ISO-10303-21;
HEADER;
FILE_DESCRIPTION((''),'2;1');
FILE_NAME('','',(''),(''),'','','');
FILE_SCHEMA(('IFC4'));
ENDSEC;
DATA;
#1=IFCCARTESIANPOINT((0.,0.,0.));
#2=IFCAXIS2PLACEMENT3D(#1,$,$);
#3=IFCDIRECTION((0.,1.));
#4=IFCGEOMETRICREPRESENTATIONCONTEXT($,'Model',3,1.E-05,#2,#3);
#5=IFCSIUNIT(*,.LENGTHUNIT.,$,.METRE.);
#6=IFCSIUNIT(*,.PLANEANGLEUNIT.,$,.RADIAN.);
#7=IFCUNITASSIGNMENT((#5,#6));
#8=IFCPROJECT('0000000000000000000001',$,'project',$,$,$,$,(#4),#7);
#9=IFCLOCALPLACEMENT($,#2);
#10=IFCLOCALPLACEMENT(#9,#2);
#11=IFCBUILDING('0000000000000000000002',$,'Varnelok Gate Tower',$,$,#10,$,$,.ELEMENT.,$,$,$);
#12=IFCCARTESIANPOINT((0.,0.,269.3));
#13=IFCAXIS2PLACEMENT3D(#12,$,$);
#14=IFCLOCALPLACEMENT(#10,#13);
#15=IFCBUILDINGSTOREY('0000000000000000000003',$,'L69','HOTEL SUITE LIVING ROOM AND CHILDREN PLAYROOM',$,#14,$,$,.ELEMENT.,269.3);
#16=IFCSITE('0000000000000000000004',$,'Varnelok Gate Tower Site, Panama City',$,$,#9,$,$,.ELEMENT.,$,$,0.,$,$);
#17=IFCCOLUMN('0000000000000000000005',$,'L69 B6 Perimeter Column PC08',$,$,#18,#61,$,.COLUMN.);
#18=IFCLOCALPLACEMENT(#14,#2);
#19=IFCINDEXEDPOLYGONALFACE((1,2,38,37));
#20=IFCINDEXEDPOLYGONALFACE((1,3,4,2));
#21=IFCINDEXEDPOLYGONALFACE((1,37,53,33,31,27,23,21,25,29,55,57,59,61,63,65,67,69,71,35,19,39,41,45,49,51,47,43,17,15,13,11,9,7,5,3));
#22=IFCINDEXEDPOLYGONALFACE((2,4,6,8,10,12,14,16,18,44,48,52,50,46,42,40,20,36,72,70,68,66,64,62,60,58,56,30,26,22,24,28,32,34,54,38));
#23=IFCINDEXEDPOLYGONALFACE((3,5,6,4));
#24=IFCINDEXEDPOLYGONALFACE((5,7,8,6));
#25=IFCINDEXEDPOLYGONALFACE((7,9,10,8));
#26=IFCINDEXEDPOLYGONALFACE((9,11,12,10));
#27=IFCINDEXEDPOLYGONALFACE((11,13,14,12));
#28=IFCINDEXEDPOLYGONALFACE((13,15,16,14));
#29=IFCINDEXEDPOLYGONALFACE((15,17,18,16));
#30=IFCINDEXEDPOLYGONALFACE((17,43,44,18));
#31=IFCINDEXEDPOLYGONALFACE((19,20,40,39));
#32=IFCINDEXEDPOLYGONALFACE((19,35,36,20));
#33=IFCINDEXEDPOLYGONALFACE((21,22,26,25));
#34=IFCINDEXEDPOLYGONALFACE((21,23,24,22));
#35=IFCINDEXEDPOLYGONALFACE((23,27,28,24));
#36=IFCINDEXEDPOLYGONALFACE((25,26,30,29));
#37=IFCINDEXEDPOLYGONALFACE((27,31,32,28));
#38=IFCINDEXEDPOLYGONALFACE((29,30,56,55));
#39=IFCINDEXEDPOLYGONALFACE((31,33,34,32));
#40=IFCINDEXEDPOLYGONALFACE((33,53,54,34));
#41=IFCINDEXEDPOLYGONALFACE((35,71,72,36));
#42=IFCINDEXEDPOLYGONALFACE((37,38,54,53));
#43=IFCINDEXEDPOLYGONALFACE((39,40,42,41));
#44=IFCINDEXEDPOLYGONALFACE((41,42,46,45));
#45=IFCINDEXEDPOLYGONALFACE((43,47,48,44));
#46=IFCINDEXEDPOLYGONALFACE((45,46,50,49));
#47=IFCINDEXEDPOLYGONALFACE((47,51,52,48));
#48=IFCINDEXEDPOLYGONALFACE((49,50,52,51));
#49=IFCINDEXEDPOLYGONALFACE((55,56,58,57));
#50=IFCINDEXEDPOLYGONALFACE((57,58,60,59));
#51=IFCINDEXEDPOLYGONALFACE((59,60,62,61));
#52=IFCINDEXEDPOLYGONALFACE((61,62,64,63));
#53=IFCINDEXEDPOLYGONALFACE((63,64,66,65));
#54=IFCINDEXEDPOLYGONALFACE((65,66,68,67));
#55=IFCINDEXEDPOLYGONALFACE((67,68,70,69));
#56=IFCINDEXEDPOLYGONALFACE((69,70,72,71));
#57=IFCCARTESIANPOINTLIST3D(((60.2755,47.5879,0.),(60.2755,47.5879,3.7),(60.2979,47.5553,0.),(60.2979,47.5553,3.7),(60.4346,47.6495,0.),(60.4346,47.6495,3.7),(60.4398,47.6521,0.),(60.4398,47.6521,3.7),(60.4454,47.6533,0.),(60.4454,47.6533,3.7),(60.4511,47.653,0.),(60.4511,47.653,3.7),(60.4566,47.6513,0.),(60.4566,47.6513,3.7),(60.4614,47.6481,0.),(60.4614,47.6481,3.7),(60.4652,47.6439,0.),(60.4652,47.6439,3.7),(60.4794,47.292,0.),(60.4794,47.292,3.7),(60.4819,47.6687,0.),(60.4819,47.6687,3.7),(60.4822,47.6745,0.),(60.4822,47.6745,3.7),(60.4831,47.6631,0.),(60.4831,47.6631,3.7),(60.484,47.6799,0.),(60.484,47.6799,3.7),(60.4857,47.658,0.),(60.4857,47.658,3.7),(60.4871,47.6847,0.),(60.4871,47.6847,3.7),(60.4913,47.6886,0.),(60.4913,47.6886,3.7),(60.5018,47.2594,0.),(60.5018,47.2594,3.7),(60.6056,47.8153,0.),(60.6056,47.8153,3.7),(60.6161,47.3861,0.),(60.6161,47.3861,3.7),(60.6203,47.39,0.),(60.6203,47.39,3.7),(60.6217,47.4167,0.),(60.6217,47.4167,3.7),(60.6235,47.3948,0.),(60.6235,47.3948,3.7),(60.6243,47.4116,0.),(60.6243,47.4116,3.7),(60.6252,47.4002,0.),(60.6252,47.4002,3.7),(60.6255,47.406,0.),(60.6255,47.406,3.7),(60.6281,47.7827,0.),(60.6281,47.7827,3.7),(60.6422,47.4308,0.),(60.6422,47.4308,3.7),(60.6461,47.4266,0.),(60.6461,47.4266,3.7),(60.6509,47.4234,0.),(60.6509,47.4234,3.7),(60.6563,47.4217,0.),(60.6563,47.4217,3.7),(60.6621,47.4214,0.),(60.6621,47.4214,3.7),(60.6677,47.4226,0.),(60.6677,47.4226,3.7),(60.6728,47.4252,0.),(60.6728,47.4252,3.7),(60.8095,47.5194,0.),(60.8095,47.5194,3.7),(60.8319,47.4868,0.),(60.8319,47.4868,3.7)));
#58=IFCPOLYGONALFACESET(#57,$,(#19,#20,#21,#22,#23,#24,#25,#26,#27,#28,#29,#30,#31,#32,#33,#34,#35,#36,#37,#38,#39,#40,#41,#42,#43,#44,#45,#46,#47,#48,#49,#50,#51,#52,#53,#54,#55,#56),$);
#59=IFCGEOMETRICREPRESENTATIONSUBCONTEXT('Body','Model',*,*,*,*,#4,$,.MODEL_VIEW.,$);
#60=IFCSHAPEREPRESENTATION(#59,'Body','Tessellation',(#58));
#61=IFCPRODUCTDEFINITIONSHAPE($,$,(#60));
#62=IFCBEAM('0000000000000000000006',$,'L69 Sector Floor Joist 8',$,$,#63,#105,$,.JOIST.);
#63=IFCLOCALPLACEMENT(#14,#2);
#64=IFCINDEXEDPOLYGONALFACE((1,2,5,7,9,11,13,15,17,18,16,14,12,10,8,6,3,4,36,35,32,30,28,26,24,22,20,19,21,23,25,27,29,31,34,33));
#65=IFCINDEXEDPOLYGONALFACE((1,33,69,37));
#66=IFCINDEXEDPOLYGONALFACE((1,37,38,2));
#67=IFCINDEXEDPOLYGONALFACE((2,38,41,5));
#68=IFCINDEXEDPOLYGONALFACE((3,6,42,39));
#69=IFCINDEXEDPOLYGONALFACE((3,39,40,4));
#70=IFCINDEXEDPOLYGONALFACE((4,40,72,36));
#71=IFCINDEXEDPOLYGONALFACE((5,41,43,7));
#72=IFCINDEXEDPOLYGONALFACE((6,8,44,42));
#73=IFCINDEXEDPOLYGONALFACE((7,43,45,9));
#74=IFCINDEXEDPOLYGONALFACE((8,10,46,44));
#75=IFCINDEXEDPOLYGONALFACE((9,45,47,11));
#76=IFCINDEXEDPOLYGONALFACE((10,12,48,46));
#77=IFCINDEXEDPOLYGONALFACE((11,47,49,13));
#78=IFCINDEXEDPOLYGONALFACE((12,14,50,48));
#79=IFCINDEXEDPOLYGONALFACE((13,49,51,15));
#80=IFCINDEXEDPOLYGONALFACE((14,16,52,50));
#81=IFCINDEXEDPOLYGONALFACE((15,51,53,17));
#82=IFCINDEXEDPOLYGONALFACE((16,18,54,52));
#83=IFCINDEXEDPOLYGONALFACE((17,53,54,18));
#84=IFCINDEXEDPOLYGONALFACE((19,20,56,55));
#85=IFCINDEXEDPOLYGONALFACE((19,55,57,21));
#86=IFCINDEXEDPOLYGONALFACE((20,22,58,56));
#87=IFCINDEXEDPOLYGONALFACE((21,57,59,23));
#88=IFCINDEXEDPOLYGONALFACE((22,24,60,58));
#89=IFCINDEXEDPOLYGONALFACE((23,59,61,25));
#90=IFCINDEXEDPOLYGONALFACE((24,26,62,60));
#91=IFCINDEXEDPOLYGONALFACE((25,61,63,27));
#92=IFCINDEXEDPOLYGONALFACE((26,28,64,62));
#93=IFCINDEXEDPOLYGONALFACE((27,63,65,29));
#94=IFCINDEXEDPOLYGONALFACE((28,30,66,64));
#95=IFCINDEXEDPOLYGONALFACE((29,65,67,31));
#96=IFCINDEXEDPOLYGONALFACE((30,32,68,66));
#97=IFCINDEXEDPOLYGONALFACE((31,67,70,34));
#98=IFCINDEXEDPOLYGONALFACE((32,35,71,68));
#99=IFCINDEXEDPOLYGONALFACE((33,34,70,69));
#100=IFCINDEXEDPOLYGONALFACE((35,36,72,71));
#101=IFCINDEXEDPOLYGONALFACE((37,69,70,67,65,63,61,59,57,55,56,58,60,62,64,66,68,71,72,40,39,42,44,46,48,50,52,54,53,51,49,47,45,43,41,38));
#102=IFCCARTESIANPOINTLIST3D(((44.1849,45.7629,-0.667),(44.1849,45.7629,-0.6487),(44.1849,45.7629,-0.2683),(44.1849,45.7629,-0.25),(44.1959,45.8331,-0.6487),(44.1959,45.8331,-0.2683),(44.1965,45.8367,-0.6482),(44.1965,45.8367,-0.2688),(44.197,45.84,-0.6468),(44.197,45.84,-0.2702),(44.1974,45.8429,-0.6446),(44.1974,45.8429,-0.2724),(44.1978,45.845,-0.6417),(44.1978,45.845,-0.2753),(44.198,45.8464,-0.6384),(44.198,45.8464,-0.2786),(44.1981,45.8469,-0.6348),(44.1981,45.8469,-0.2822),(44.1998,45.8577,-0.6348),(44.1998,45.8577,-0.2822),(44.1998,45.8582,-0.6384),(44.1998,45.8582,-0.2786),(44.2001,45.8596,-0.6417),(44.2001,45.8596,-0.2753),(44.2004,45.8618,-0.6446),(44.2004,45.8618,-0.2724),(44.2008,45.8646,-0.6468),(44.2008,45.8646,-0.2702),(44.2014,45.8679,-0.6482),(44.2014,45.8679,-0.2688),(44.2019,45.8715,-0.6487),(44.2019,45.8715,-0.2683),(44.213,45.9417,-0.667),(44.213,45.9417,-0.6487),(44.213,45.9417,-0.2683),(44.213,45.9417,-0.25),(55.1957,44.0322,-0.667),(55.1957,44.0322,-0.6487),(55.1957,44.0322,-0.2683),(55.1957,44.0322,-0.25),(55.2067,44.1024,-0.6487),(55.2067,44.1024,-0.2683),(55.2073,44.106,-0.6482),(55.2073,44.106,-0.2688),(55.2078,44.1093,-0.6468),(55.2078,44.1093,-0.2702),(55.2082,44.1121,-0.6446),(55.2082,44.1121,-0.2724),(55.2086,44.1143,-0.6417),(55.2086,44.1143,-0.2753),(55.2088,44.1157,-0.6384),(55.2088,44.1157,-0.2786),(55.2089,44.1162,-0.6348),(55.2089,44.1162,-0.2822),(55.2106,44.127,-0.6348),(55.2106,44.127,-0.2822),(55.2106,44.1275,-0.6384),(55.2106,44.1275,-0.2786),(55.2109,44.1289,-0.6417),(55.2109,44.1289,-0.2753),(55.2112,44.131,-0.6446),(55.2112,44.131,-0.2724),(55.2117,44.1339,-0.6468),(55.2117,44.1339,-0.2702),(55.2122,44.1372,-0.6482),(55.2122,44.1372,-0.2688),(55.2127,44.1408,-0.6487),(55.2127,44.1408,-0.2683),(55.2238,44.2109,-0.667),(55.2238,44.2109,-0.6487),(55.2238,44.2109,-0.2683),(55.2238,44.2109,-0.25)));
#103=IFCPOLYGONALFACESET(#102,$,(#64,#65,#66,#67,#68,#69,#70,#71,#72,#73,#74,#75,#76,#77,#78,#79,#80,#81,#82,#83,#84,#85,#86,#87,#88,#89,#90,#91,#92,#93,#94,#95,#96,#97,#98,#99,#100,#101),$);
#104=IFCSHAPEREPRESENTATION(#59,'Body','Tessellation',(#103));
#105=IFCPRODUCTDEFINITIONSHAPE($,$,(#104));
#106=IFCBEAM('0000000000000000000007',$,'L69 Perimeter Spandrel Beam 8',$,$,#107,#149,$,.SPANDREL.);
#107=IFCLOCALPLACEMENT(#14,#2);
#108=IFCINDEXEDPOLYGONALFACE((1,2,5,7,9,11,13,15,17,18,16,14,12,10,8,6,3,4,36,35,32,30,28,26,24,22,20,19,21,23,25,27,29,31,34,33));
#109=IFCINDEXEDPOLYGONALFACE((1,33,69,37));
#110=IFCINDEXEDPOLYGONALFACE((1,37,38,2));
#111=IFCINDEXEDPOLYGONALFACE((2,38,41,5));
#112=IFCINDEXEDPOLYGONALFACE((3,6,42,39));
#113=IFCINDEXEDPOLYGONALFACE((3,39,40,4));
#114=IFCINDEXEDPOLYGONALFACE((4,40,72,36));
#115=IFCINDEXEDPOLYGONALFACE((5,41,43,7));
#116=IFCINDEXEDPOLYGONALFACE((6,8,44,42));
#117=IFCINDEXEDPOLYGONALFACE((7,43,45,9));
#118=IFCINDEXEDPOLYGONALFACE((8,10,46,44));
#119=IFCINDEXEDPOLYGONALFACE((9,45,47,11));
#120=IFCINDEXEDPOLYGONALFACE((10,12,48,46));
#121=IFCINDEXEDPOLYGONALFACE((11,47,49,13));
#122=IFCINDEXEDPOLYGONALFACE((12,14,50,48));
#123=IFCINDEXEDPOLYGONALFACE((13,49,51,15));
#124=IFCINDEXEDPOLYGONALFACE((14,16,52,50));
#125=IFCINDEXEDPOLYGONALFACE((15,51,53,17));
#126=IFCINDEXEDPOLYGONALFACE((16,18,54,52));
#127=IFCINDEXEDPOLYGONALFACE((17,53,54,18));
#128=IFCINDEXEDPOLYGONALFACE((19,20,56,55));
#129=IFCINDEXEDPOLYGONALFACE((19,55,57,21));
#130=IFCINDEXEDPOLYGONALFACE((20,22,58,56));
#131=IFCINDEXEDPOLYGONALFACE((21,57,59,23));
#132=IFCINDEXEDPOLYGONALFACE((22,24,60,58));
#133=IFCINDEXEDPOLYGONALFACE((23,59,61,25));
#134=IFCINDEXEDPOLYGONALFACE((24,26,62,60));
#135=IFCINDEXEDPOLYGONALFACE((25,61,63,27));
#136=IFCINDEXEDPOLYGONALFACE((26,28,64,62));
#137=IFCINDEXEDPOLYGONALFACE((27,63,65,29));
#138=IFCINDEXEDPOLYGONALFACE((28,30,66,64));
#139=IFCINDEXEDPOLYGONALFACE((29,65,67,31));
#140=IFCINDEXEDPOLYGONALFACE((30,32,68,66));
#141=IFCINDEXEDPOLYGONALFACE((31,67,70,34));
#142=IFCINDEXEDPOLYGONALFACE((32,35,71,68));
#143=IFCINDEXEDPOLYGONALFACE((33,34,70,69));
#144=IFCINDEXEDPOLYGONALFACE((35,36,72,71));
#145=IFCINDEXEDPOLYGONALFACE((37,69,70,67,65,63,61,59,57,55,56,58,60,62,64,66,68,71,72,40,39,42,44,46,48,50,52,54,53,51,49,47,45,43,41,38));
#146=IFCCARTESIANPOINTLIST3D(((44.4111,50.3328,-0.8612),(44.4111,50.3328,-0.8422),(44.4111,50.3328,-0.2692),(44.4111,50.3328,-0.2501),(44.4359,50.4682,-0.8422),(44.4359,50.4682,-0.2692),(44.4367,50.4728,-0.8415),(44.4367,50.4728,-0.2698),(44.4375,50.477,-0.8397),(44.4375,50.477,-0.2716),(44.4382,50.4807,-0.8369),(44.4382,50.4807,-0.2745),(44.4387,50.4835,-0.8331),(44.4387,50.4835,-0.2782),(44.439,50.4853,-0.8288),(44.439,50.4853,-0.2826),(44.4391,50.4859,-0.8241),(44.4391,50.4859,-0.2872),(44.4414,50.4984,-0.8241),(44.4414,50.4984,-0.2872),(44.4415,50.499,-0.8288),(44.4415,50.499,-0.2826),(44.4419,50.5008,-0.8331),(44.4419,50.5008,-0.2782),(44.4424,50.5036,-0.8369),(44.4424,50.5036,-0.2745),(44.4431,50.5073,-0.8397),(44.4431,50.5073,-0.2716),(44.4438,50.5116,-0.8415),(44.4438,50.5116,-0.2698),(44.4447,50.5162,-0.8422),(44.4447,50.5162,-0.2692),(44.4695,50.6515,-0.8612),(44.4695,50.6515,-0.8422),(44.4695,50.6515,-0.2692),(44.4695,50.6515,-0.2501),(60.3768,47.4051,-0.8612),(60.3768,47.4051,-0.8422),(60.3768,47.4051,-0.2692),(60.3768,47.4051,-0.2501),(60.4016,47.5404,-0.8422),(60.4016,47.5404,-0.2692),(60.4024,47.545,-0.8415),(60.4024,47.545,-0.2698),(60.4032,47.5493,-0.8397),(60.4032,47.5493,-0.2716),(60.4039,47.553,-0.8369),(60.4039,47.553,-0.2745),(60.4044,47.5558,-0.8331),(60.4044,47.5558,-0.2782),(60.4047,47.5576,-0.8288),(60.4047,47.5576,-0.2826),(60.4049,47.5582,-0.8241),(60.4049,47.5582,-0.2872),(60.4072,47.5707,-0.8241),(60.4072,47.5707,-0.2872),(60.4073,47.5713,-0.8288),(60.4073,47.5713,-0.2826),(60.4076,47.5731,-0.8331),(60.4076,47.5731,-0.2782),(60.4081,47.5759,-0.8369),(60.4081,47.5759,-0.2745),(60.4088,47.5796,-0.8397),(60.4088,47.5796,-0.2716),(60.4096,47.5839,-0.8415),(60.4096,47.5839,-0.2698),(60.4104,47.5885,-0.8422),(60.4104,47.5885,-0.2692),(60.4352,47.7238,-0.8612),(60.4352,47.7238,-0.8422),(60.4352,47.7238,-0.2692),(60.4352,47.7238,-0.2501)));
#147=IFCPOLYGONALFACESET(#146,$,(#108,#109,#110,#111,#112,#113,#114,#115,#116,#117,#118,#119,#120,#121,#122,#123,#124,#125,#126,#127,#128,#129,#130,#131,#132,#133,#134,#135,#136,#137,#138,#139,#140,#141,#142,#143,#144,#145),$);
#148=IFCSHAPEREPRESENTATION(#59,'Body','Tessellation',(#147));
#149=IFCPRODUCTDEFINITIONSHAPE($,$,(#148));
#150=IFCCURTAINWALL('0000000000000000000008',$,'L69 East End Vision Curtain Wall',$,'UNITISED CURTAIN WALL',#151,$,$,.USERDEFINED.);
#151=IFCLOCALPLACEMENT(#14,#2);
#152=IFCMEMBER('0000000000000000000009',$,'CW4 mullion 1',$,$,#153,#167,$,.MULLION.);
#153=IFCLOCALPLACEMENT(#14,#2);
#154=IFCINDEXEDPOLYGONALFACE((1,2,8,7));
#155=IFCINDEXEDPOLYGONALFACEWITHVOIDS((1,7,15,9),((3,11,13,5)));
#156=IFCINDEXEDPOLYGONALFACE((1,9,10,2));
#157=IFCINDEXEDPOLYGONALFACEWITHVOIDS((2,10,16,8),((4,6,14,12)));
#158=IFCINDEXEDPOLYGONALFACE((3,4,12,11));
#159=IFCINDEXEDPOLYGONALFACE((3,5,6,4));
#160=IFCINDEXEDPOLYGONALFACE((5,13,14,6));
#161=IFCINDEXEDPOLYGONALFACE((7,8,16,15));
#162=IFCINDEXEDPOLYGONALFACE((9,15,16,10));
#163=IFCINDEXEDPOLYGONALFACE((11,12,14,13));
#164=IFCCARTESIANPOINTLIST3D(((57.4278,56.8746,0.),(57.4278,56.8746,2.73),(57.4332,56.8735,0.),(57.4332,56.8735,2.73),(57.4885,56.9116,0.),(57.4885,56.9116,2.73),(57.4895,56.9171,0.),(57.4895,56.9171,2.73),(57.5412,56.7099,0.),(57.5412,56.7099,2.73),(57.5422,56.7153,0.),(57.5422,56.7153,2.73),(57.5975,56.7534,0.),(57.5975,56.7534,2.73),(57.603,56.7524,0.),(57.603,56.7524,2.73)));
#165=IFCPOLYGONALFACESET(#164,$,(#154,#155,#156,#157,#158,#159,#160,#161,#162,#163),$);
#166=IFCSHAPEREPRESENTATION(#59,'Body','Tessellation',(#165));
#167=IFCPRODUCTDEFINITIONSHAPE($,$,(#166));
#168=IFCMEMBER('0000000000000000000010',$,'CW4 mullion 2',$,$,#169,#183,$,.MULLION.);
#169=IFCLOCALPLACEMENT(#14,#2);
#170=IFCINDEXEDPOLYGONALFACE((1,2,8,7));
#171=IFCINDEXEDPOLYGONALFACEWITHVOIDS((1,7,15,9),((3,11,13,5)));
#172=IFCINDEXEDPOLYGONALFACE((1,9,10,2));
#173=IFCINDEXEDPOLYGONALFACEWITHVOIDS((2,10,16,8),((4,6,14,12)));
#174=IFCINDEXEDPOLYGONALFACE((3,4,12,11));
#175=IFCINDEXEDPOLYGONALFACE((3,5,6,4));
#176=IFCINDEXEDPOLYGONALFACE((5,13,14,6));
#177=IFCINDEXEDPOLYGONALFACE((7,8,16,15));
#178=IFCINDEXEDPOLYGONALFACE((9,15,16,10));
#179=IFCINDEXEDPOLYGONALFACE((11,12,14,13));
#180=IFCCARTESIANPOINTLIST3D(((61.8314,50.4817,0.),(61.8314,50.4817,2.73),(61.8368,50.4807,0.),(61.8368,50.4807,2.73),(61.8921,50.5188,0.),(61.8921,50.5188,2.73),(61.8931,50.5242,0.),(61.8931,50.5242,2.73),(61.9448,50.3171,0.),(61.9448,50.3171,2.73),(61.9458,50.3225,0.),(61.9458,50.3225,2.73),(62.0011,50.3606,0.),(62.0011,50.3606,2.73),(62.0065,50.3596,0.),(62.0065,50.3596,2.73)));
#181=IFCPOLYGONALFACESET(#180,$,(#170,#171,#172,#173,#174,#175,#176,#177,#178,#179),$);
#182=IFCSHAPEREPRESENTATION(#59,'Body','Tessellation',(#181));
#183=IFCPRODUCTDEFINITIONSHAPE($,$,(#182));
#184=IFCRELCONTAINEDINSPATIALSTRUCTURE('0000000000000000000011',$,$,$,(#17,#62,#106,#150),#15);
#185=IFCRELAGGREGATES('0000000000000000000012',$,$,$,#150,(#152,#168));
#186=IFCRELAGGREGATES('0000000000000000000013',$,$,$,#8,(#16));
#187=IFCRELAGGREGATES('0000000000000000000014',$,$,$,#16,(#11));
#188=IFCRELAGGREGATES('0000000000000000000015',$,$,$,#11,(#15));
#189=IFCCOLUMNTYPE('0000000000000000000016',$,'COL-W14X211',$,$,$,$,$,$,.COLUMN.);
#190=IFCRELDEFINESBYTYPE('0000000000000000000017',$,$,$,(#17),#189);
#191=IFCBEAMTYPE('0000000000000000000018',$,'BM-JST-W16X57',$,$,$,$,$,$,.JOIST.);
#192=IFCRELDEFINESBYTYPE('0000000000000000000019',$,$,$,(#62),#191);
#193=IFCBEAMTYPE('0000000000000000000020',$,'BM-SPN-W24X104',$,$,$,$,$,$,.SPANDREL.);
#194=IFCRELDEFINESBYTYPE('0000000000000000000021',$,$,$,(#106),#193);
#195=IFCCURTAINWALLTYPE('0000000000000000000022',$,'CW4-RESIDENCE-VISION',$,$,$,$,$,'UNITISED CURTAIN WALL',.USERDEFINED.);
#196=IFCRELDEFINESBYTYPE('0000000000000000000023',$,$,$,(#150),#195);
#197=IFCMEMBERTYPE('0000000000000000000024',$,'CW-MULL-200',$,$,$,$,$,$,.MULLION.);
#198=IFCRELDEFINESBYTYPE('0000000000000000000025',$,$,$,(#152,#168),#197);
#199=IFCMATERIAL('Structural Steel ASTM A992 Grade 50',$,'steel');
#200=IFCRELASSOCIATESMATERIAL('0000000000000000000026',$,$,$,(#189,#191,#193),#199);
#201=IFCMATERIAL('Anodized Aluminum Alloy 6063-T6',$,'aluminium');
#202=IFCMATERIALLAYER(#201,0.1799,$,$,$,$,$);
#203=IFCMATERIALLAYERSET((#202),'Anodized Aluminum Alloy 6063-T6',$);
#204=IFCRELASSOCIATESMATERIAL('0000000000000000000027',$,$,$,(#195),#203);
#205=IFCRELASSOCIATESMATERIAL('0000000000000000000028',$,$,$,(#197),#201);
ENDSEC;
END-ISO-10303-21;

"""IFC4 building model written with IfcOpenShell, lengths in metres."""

from ifc_helpers import new_model, si_unit, direction, frame, origin, origin_2d, place, context, subcontext, project, spatial, hollow_rectangle, i_section, extrude, material, layer, layer_set, material_profile, profile_set, type_object, element, aggregate, save


model = new_model("IFC4")

# Units and contexts
model_context = context("Model", 3, precision=1e-05, world=origin(), true_north=direction((0.0, 1.0)))
body_context = subcontext(model_context, "Body", "Model", "MODEL_VIEW")
ifc_project = project(units=[si_unit("LENGTHUNIT", "METRE"), si_unit("PLANEANGLEUNIT", "RADIAN")], contexts=[model_context])

# Site, building, storey
site_placement = place(None, origin())
site = spatial("IfcSite", under=ifc_project, at=site_placement, Name="Varnelok Gate Tower Site, Panama City", CompositionType="ELEMENT", RefElevation=0.0)
building_placement = place(site_placement, origin())
building = spatial("IfcBuilding", under=site, at=building_placement, Name="Varnelok Gate Tower", CompositionType="ELEMENT")
storey_placement = place(building_placement, frame((0.0, 0.0, 269.3)))
storey = spatial("IfcBuildingStorey", under=building, at=storey_placement, Name="L69", Description="HOTEL SUITE LIVING ROOM AND CHILDREN PLAYROOM", CompositionType="ELEMENT", Elevation=269.3)

# Column
ifc_material_1 = material(Name="Structural Steel ASTM A992 Grade 50", Category="steel")
ifc_material_profile_1 = material_profile(ifc_material_1, i_section(OverallWidth=0.4009, OverallDepth=0.3989, WebThickness=0.0249, FlangeThickness=0.0396, FilletRadius=0.022, at=origin_2d()), Name="W14X211")
ifc_profile_set_1 = profile_set([ifc_material_profile_1], Name="Structural Steel ASTM A992 Grade 50")
column_type = type_object("IfcColumnType", Name="COL-W14X211", PredefinedType="COLUMN", material=ifc_profile_set_1)
column_placement = place(storey_placement, frame((60.5537, 47.5374, 0.0), z_axis=(0.0, 0.0, 1.0), x_axis=(0.823533, 0.567269, 0.0)))
element("IfcColumn", 1, at=column_placement, inside=storey, type_object=column_type, Name="L69 B6 Perimeter Column PC08", PredefinedType="COLUMN", context=body_context, shape_type="SweptSolid", body=[
    extrude(i_section(OverallWidth=0.4009, OverallDepth=0.3989, WebThickness=0.0249, FlangeThickness=0.0396, FilletRadius=0.022, at=origin_2d()), origin(), (0.0, 0.0, 1.0), 3.7),
])

# Beams
ifc_material_profile_2 = material_profile(ifc_material_1, i_section(OverallWidth=0.1809, OverallDepth=0.417, WebThickness=0.011, FlangeThickness=0.0183, FilletRadius=0.0139, at=origin_2d()), Name="W16X57")
ifc_profile_set_2 = profile_set([ifc_material_profile_2], Name="Structural Steel ASTM A992 Grade 50")
beam_type_1 = type_object("IfcBeamType", Name="BM-JST-W16X57", PredefinedType="JOIST", material=ifc_profile_set_2)
beam_1_placement = place(storey_placement, frame((55.2097, 44.1216, -0.4585), z_axis=(-0.987871, 0.155278, 0.0), x_axis=(-0.155278, -0.987871, 0.0)))
element("IfcBeam", 2, at=beam_1_placement, inside=storey, type_object=beam_type_1, Name="L69 Sector Floor Joist 8", PredefinedType="JOIST", context=body_context, shape_type="SweptSolid", body=[
    extrude(i_section(OverallWidth=0.1809, OverallDepth=0.417, WebThickness=0.011, FlangeThickness=0.0183, FilletRadius=0.0139, at=origin_2d()), origin(), (0.0, 0.0, 1.0), 11.146),
])
ifc_material_profile_3 = material_profile(ifc_material_1, i_section(OverallWidth=0.324, OverallDepth=0.6111, WebThickness=0.0127, FlangeThickness=0.019, FilletRadius=0.0181, at=origin_2d()), Name="W24X104")
ifc_profile_set_3 = profile_set([ifc_material_profile_3], Name="Structural Steel ASTM A992 Grade 50")
beam_type_2 = type_object("IfcBeamType", Name="BM-SPN-W24X104", PredefinedType="SPANDREL", material=ifc_profile_set_3)
beam_2_placement = place(storey_placement, frame((60.406, 47.5645, -0.5557), z_axis=(-0.983599, 0.180368, 0.0), x_axis=(-0.180368, -0.983599, 0.0)))
element("IfcBeam", 3, at=beam_2_placement, inside=storey, type_object=beam_type_2, Name="L69 Perimeter Spandrel Beam 8", PredefinedType="SPANDREL", context=body_context, shape_type="SweptSolid", body=[
    extrude(i_section(OverallWidth=0.324, OverallDepth=0.6111, WebThickness=0.0127, FlangeThickness=0.019, FilletRadius=0.0181, at=origin_2d()), origin(), (0.0, 0.0, 1.0), 16.2319),
])

# Curtain wall, members
ifc_material_2 = material(Name="Anodized Aluminum Alloy 6063-T6", Category="aluminium")
ifc_layer_1 = layer(ifc_material_2, 0.1799)
ifc_layer_set_1 = layer_set([ifc_layer_1], Name="Anodized Aluminum Alloy 6063-T6")
curtain_wall_type = type_object("IfcCurtainWallType", Name="CW4-RESIDENCE-VISION", ElementType="UNITISED CURTAIN WALL", PredefinedType="USERDEFINED", material=ifc_layer_set_1)
curtain_wall_placement = place(storey_placement, origin())
curtain_wall = element("IfcCurtainWall", 4, at=curtain_wall_placement, inside=storey, type_object=curtain_wall_type, Name="L69 East End Vision Curtain Wall", ObjectType="UNITISED CURTAIN WALL", PredefinedType="USERDEFINED")
ifc_material_profile_4 = material_profile(ifc_material_2, hollow_rectangle(XDim=0.075, YDim=0.2, WallThickness=0.0039, at=origin_2d()), Name="ALU200X75X4")
ifc_profile_set_4 = profile_set([ifc_material_profile_4], Name="Anodized Aluminum Alloy 6063-T6")
member_type_1 = type_object("IfcMemberType", Name="CW-MULL-200", PredefinedType="MULLION", material=ifc_profile_set_4)
member_1_placement = place(storey_placement, frame((57.5154, 56.8135, 0.0), z_axis=(0.0, 0.0, 1.0), x_axis=(0.823532, 0.567269, 0.0)))
member_1 = element("IfcMember", 5, at=member_1_placement, type_object=member_type_1, Name="CW4 mullion 1", PredefinedType="MULLION", context=body_context, shape_type="SweptSolid", body=[
    extrude(hollow_rectangle(XDim=0.075, YDim=0.2, WallThickness=0.0039, at=origin_2d()), origin(), (0.0, 0.0, 1.0), 2.73),
])
member_2_placement = place(storey_placement, frame((61.9189, 50.4207, 0.0), z_axis=(0.0, 0.0, 1.0), x_axis=(0.823532, 0.567269, 0.0)))
member_2 = element("IfcMember", 6, at=member_2_placement, type_object=member_type_1, Name="CW4 mullion 2", PredefinedType="MULLION", context=body_context, shape_type="SweptSolid", body=[
    extrude(hollow_rectangle(XDim=0.075, YDim=0.2, WallThickness=0.0039, at=origin_2d()), origin(), (0.0, 0.0, 1.0), 2.73),
])
aggregate(curtain_wall, [member_1, member_2])

save(model, "model.ifc")
